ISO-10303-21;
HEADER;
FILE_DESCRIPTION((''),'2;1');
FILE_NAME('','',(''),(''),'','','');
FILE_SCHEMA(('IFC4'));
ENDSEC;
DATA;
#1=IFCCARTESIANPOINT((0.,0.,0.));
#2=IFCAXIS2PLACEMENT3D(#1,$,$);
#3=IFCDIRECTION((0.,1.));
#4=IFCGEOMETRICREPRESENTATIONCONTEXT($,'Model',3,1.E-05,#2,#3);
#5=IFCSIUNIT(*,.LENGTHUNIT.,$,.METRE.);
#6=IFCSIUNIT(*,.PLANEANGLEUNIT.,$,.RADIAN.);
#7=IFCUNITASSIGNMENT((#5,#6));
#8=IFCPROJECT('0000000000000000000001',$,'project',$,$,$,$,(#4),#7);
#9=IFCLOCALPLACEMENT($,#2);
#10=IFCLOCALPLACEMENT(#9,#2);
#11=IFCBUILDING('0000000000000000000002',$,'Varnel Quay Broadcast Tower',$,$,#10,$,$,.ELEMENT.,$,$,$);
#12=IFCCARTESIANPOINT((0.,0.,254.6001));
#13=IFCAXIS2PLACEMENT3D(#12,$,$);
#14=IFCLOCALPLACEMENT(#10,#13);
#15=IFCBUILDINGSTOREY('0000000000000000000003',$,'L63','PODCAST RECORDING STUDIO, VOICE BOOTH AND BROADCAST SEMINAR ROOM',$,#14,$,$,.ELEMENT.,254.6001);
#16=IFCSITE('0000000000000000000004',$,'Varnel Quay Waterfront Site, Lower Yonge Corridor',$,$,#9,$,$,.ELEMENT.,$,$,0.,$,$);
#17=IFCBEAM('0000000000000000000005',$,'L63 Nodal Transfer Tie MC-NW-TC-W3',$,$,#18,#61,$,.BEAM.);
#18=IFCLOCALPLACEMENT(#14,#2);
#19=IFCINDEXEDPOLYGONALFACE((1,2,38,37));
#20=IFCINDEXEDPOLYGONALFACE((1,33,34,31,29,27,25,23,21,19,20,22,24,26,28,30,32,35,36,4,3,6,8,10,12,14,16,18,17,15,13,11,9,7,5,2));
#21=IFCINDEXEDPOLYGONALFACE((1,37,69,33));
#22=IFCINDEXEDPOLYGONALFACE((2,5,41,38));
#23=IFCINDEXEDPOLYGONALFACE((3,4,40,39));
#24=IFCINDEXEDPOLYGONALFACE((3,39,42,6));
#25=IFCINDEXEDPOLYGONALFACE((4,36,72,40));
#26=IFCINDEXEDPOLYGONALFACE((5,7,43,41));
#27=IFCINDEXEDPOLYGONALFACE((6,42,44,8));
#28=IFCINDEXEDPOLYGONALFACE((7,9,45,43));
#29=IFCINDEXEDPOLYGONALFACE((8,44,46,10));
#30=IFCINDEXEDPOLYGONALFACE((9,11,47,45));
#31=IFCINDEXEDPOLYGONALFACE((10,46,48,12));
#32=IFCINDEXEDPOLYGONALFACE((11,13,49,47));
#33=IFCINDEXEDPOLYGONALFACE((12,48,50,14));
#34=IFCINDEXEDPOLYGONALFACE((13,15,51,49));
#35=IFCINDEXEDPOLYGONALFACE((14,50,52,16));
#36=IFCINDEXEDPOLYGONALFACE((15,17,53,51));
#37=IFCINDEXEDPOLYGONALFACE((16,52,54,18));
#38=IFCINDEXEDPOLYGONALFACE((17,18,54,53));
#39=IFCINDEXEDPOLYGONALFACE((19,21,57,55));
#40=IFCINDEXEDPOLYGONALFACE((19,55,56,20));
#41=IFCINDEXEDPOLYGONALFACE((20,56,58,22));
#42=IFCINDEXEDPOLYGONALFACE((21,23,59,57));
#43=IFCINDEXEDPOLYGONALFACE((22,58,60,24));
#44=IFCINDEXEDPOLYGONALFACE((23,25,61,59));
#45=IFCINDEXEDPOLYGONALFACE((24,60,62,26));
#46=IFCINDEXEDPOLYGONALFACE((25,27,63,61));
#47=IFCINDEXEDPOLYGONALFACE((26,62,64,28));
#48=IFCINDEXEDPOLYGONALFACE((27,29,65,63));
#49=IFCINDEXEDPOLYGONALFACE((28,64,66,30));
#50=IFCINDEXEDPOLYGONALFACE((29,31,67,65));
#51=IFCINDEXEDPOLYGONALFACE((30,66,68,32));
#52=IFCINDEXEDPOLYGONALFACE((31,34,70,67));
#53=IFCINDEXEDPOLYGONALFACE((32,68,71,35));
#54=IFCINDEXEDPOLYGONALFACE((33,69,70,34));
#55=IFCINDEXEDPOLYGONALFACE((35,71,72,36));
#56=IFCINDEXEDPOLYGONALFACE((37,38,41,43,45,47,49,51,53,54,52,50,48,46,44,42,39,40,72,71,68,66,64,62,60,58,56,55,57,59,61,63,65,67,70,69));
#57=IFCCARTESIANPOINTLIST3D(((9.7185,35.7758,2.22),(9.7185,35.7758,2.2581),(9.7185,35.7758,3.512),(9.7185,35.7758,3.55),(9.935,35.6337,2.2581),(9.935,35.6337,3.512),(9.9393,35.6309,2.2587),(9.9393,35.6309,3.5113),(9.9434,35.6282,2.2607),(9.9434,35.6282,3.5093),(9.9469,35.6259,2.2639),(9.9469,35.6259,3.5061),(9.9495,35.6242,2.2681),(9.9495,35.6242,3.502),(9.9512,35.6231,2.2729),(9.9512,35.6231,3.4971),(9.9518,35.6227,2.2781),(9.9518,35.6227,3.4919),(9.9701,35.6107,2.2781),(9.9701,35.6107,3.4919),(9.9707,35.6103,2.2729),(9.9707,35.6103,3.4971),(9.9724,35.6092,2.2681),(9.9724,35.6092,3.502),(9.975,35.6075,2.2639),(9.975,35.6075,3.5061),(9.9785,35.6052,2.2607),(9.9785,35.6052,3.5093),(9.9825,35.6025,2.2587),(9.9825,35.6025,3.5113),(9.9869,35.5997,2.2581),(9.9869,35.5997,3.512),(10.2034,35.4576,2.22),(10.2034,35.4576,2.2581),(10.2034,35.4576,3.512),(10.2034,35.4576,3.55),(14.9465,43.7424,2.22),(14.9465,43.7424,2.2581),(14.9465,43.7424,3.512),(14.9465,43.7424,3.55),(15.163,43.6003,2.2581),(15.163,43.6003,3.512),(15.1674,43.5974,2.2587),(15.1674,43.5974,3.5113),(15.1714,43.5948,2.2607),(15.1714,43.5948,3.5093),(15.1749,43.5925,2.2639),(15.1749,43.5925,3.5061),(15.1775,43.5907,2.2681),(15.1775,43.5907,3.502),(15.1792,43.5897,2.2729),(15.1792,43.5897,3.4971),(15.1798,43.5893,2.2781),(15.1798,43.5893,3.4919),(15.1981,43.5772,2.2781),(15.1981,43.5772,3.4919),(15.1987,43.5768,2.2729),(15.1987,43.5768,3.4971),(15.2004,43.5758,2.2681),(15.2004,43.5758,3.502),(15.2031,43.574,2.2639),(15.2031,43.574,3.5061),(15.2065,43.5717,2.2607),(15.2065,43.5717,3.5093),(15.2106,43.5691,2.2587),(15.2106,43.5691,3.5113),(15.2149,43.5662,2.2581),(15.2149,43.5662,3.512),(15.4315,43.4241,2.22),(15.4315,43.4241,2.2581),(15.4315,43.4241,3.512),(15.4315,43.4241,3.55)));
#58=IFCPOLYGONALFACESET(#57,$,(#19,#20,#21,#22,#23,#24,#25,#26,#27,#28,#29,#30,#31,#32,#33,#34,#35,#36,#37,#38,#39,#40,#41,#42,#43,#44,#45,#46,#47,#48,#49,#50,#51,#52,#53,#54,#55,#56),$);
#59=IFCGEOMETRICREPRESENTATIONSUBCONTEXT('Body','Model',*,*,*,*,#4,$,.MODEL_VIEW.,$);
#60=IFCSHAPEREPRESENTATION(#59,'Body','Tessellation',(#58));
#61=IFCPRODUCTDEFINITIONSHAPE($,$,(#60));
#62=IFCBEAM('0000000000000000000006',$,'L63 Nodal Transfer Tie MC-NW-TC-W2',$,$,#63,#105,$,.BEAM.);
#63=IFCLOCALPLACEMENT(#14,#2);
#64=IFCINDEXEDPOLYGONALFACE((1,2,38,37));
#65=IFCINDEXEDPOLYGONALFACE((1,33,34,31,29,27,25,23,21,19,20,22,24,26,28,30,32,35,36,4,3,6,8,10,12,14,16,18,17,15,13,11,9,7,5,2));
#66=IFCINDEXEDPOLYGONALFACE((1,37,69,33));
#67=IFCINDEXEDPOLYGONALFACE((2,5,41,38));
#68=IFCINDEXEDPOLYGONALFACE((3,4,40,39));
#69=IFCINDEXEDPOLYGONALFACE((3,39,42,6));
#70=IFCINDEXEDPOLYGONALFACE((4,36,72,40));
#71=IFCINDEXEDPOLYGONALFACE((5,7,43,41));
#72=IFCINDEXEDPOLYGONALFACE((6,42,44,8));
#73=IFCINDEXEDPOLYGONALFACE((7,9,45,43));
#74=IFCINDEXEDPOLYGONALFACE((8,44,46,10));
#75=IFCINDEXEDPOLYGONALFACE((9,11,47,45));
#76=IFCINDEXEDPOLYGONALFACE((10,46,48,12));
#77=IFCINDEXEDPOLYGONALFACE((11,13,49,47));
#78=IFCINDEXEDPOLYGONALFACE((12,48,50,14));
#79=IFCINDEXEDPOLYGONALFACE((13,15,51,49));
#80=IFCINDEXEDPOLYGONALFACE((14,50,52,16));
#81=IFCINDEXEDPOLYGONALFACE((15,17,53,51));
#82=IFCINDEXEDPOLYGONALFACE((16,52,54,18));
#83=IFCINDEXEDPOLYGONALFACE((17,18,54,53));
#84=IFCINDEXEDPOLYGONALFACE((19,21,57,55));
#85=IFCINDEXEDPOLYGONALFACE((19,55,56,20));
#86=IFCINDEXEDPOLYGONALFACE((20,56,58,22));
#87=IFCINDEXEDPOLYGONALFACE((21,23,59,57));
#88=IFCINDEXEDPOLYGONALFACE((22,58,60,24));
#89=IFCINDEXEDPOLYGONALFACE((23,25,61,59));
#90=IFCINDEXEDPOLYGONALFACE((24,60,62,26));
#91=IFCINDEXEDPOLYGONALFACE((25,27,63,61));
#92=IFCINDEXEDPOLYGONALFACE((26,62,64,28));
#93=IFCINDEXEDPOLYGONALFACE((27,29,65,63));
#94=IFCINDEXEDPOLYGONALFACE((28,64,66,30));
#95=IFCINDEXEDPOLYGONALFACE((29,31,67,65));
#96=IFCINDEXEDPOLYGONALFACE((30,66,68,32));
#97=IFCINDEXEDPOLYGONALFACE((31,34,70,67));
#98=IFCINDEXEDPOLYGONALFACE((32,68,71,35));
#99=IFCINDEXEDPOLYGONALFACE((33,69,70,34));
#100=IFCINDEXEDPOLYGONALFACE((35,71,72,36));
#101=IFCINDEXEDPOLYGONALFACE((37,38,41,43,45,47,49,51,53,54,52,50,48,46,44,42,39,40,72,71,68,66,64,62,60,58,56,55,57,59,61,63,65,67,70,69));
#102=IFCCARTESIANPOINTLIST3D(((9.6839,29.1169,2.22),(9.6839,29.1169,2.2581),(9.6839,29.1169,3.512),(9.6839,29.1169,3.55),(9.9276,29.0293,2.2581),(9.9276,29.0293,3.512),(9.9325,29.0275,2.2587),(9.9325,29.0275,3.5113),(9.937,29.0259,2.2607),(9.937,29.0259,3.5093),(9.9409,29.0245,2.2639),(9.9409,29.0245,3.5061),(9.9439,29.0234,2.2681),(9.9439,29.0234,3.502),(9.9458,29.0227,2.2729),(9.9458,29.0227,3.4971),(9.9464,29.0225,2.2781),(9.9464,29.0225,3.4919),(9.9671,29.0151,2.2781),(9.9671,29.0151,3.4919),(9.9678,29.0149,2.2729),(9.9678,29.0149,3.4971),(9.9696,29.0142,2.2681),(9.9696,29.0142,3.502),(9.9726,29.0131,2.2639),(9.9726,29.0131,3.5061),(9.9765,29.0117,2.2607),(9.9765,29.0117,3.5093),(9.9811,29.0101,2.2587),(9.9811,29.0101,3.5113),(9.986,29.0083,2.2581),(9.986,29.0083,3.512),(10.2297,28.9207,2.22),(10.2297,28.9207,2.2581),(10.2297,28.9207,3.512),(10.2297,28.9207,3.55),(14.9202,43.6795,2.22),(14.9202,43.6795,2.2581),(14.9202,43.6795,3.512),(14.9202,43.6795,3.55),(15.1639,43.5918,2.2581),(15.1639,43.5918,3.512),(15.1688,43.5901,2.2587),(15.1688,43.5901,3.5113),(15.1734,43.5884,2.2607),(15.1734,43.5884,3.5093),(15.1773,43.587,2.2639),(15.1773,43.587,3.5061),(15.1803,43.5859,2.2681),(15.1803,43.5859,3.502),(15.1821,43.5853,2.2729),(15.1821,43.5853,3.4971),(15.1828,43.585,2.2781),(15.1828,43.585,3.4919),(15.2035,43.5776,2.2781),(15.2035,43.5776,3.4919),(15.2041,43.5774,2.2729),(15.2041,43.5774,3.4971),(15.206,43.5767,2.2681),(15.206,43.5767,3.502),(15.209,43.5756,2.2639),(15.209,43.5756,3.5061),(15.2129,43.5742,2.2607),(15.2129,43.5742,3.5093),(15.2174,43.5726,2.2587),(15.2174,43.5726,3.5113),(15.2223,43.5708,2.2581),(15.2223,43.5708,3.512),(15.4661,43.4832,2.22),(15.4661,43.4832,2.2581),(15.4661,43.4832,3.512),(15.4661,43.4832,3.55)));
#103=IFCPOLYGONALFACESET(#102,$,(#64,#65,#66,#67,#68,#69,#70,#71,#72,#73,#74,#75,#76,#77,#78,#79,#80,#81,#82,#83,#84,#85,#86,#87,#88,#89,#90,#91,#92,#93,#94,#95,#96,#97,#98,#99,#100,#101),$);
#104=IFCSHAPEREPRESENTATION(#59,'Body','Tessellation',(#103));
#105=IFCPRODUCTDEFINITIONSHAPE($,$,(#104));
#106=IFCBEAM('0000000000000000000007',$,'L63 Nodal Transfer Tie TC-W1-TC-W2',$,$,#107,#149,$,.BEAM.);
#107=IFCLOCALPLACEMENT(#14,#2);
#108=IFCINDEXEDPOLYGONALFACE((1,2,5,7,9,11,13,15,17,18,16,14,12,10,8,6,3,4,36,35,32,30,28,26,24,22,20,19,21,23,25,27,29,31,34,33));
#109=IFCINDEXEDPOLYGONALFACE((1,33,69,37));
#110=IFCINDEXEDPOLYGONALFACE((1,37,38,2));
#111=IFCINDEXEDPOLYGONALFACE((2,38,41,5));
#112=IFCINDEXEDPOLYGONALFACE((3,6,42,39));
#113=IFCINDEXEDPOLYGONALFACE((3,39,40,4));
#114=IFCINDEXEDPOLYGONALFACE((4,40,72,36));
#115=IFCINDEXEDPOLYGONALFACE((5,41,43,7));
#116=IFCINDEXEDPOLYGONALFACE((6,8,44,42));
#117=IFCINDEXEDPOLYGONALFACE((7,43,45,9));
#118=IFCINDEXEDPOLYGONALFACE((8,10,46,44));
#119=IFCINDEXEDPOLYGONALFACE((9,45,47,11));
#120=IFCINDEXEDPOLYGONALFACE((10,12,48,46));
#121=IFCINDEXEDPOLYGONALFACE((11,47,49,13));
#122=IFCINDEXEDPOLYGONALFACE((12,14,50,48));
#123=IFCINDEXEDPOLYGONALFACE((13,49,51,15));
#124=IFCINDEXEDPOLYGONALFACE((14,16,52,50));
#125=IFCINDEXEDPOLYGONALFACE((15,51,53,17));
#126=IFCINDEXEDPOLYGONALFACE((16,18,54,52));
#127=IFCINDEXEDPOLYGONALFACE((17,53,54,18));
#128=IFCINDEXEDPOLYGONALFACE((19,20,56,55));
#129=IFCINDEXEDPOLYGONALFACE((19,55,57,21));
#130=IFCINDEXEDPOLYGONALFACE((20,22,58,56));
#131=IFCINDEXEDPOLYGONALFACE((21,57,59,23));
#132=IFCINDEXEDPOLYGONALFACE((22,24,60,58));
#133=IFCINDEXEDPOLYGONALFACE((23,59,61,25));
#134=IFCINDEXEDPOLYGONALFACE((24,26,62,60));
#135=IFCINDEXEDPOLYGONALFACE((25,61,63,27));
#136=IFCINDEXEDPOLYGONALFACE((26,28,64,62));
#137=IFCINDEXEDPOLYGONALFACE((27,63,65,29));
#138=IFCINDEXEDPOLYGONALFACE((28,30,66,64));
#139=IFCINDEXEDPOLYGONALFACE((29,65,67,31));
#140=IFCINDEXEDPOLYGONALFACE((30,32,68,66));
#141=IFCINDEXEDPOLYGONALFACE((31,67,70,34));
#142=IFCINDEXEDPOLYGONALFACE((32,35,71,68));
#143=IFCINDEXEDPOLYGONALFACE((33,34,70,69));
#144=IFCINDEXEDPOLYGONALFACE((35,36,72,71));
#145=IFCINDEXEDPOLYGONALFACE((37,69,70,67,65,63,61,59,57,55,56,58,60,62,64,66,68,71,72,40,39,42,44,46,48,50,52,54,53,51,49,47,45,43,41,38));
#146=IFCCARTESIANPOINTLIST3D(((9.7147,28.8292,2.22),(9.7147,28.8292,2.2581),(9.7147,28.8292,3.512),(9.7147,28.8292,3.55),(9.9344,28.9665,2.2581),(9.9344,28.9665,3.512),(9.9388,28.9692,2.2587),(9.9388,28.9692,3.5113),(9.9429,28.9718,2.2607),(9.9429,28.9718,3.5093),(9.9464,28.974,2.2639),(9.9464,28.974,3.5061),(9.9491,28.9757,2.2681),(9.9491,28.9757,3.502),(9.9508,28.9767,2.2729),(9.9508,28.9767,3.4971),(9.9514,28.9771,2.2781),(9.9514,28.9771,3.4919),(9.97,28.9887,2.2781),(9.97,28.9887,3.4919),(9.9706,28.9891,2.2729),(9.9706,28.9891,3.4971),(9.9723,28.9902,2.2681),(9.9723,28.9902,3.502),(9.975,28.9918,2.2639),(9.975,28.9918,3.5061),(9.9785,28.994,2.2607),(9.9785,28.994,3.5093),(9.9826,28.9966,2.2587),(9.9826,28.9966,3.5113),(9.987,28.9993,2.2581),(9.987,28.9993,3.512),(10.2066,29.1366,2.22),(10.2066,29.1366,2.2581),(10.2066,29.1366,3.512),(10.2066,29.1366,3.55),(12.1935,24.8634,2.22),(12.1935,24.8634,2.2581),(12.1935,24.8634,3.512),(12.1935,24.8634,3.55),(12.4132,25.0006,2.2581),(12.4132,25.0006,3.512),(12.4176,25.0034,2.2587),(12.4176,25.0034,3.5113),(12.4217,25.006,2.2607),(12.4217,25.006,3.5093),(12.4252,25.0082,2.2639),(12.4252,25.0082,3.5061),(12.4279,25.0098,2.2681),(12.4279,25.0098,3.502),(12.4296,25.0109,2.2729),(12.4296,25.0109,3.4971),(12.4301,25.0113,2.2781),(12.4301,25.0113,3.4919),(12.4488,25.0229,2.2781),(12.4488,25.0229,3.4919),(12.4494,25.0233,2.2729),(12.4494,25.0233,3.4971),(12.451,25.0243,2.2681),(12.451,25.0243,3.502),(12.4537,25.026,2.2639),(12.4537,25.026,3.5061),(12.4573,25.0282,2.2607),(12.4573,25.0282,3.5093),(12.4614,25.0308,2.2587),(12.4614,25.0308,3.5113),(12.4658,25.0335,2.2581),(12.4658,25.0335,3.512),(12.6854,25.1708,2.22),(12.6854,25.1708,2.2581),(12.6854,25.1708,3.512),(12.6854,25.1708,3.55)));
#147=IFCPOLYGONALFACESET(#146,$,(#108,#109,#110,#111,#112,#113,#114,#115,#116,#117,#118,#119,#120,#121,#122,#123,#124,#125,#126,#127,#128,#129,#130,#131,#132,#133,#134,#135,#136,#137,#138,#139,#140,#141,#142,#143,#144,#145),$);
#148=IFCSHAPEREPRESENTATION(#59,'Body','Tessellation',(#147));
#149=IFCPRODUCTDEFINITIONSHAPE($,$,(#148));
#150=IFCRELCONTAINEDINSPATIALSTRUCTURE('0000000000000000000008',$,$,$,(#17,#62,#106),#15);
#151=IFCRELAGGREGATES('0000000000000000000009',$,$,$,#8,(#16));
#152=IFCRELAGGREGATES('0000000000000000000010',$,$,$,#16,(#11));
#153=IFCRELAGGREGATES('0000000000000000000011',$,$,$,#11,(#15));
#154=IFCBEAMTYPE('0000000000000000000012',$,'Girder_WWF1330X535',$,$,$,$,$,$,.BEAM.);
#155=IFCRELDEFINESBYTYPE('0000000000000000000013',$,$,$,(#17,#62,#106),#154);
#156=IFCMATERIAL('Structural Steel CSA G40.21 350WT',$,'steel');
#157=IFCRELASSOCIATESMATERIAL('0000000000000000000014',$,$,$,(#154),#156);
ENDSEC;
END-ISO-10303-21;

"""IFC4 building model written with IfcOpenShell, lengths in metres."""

from ifc_helpers import new_model, si_unit, direction, frame, origin, origin_2d, place, context, subcontext, project, spatial, i_section, extrude, source, transform, mapped, material, material_profile, profile_set, type_object, element, save


model = new_model("IFC4")

# Units and contexts
model_context = context("Model", 3, precision=1e-05, world=origin(), true_north=direction((0.0, 1.0)))
body_context = subcontext(model_context, "Body", "Model", "MODEL_VIEW")
ifc_project = project(units=[si_unit("LENGTHUNIT", "METRE"), si_unit("PLANEANGLEUNIT", "RADIAN")], contexts=[model_context])

# Site, building, storey
site_placement = place(None, origin())
site = spatial("IfcSite", under=ifc_project, at=site_placement, Name="Varnel Quay Waterfront Site, Lower Yonge Corridor", CompositionType="ELEMENT", RefElevation=0.0)
building_placement = place(site_placement, origin())
building = spatial("IfcBuilding", under=site, at=building_placement, Name="Varnel Quay Broadcast Tower", CompositionType="ELEMENT")
storey_placement = place(building_placement, frame((0.0, 0.0, 254.6001)))
storey = spatial("IfcBuildingStorey", under=building, at=storey_placement, Name="L63", Description="PODCAST RECORDING STUDIO, VOICE BOOTH AND BROADCAST SEMINAR ROOM", CompositionType="ELEMENT", Elevation=254.6001)

# Shared definitions
ifc_material_1 = material(Name="Structural Steel CSA G40.21 350WT", Category="steel")

# Beams
ifc_material_profile_1 = material_profile(ifc_material_1, i_section(OverallWidth=0.5801, OverallDepth=1.3301, WebThickness=0.022, FlangeThickness=0.0381, FilletRadius=0.02, at=origin_2d()), Name="WWF1330X535")
ifc_profile_set_1 = profile_set([ifc_material_profile_1], Name="Structural Steel CSA G40.21 350WT")
beam_type_1 = type_object("IfcBeamType", Name="Girder_WWF1330X535", PredefinedType="BEAM", material=ifc_profile_set_1)
shared_shape_1 = source(origin(), body_context, "Body", "SweptSolid", [
    extrude(i_section(OverallWidth=0.5801, OverallDepth=1.3301, WebThickness=0.022, FlangeThickness=0.0381, FilletRadius=0.02, at=origin_2d()), origin(), (0.0, 0.0, 1.0), 9.5288),
])
beam_1_placement = place(storey_placement, frame((9.9609, 35.6167, 2.885), z_axis=(0.548655, 0.836049, 0.0), x_axis=(-0.836049, 0.548655, 0.0)))
element("IfcBeam", 1, at=beam_1_placement, inside=storey, type_object=beam_type_1, Name="L63 Nodal Transfer Tie MC-NW-TC-W3", PredefinedType="BEAM", context=body_context, shape_type="MappedRepresentation", body=[
    mapped(shared_shape_1, transform((0.0, 0.0, 0.0), x_axis=(1.0, 0.0, 0.0), y_axis=(0.0, 1.0, 0.0), z_axis=(0.0, 0.0, 1.0), scale=1.0)),
])
shared_shape_2 = source(origin(), body_context, "Body", "SweptSolid", [
    extrude(i_section(OverallWidth=0.5801, OverallDepth=1.3301, WebThickness=0.022, FlangeThickness=0.0381, FilletRadius=0.02, at=origin_2d()), origin(), (0.0, 0.0, 1.0), 15.4753),
])
beam_2_placement = place(storey_placement, frame((9.9568, 29.0188, 2.885), z_axis=(0.338366, 0.941014, 0.0), x_axis=(-0.941014, 0.338366, 0.0)))
element("IfcBeam", 2, at=beam_2_placement, inside=storey, type_object=beam_type_1, Name="L63 Nodal Transfer Tie MC-NW-TC-W2", PredefinedType="BEAM", context=body_context, shape_type="MappedRepresentation", body=[
    mapped(shared_shape_2, transform((0.0, 0.0, 0.0), x_axis=(1.0, 0.0, 0.0), y_axis=(0.0, 1.0, 0.0), z_axis=(0.0, 0.0, 1.0), scale=1.0)),
])
shared_shape_3 = source(origin(), body_context, "Body", "SweptSolid", [
    extrude(i_section(OverallWidth=0.5801, OverallDepth=1.3301, WebThickness=0.022, FlangeThickness=0.0381, FilletRadius=0.02, at=origin_2d()), origin(), (0.0, 0.0, 1.0), 4.6768),
])
beam_3_placement = place(storey_placement, frame((9.9607, 28.9829, 2.885), z_axis=(0.530018, -0.847987, 0.0), x_axis=(0.847987, 0.530018, 0.0)))
element("IfcBeam", 3, at=beam_3_placement, inside=storey, type_object=beam_type_1, Name="L63 Nodal Transfer Tie TC-W1-TC-W2", PredefinedType="BEAM", context=body_context, shape_type="MappedRepresentation", body=[
    mapped(shared_shape_3, transform((0.0, 0.0, 0.0), x_axis=(1.0, 0.0, 0.0), y_axis=(0.0, 1.0, 0.0), z_axis=(0.0, 0.0, 1.0), scale=1.0)),
])

save(model, "model.ifc")
